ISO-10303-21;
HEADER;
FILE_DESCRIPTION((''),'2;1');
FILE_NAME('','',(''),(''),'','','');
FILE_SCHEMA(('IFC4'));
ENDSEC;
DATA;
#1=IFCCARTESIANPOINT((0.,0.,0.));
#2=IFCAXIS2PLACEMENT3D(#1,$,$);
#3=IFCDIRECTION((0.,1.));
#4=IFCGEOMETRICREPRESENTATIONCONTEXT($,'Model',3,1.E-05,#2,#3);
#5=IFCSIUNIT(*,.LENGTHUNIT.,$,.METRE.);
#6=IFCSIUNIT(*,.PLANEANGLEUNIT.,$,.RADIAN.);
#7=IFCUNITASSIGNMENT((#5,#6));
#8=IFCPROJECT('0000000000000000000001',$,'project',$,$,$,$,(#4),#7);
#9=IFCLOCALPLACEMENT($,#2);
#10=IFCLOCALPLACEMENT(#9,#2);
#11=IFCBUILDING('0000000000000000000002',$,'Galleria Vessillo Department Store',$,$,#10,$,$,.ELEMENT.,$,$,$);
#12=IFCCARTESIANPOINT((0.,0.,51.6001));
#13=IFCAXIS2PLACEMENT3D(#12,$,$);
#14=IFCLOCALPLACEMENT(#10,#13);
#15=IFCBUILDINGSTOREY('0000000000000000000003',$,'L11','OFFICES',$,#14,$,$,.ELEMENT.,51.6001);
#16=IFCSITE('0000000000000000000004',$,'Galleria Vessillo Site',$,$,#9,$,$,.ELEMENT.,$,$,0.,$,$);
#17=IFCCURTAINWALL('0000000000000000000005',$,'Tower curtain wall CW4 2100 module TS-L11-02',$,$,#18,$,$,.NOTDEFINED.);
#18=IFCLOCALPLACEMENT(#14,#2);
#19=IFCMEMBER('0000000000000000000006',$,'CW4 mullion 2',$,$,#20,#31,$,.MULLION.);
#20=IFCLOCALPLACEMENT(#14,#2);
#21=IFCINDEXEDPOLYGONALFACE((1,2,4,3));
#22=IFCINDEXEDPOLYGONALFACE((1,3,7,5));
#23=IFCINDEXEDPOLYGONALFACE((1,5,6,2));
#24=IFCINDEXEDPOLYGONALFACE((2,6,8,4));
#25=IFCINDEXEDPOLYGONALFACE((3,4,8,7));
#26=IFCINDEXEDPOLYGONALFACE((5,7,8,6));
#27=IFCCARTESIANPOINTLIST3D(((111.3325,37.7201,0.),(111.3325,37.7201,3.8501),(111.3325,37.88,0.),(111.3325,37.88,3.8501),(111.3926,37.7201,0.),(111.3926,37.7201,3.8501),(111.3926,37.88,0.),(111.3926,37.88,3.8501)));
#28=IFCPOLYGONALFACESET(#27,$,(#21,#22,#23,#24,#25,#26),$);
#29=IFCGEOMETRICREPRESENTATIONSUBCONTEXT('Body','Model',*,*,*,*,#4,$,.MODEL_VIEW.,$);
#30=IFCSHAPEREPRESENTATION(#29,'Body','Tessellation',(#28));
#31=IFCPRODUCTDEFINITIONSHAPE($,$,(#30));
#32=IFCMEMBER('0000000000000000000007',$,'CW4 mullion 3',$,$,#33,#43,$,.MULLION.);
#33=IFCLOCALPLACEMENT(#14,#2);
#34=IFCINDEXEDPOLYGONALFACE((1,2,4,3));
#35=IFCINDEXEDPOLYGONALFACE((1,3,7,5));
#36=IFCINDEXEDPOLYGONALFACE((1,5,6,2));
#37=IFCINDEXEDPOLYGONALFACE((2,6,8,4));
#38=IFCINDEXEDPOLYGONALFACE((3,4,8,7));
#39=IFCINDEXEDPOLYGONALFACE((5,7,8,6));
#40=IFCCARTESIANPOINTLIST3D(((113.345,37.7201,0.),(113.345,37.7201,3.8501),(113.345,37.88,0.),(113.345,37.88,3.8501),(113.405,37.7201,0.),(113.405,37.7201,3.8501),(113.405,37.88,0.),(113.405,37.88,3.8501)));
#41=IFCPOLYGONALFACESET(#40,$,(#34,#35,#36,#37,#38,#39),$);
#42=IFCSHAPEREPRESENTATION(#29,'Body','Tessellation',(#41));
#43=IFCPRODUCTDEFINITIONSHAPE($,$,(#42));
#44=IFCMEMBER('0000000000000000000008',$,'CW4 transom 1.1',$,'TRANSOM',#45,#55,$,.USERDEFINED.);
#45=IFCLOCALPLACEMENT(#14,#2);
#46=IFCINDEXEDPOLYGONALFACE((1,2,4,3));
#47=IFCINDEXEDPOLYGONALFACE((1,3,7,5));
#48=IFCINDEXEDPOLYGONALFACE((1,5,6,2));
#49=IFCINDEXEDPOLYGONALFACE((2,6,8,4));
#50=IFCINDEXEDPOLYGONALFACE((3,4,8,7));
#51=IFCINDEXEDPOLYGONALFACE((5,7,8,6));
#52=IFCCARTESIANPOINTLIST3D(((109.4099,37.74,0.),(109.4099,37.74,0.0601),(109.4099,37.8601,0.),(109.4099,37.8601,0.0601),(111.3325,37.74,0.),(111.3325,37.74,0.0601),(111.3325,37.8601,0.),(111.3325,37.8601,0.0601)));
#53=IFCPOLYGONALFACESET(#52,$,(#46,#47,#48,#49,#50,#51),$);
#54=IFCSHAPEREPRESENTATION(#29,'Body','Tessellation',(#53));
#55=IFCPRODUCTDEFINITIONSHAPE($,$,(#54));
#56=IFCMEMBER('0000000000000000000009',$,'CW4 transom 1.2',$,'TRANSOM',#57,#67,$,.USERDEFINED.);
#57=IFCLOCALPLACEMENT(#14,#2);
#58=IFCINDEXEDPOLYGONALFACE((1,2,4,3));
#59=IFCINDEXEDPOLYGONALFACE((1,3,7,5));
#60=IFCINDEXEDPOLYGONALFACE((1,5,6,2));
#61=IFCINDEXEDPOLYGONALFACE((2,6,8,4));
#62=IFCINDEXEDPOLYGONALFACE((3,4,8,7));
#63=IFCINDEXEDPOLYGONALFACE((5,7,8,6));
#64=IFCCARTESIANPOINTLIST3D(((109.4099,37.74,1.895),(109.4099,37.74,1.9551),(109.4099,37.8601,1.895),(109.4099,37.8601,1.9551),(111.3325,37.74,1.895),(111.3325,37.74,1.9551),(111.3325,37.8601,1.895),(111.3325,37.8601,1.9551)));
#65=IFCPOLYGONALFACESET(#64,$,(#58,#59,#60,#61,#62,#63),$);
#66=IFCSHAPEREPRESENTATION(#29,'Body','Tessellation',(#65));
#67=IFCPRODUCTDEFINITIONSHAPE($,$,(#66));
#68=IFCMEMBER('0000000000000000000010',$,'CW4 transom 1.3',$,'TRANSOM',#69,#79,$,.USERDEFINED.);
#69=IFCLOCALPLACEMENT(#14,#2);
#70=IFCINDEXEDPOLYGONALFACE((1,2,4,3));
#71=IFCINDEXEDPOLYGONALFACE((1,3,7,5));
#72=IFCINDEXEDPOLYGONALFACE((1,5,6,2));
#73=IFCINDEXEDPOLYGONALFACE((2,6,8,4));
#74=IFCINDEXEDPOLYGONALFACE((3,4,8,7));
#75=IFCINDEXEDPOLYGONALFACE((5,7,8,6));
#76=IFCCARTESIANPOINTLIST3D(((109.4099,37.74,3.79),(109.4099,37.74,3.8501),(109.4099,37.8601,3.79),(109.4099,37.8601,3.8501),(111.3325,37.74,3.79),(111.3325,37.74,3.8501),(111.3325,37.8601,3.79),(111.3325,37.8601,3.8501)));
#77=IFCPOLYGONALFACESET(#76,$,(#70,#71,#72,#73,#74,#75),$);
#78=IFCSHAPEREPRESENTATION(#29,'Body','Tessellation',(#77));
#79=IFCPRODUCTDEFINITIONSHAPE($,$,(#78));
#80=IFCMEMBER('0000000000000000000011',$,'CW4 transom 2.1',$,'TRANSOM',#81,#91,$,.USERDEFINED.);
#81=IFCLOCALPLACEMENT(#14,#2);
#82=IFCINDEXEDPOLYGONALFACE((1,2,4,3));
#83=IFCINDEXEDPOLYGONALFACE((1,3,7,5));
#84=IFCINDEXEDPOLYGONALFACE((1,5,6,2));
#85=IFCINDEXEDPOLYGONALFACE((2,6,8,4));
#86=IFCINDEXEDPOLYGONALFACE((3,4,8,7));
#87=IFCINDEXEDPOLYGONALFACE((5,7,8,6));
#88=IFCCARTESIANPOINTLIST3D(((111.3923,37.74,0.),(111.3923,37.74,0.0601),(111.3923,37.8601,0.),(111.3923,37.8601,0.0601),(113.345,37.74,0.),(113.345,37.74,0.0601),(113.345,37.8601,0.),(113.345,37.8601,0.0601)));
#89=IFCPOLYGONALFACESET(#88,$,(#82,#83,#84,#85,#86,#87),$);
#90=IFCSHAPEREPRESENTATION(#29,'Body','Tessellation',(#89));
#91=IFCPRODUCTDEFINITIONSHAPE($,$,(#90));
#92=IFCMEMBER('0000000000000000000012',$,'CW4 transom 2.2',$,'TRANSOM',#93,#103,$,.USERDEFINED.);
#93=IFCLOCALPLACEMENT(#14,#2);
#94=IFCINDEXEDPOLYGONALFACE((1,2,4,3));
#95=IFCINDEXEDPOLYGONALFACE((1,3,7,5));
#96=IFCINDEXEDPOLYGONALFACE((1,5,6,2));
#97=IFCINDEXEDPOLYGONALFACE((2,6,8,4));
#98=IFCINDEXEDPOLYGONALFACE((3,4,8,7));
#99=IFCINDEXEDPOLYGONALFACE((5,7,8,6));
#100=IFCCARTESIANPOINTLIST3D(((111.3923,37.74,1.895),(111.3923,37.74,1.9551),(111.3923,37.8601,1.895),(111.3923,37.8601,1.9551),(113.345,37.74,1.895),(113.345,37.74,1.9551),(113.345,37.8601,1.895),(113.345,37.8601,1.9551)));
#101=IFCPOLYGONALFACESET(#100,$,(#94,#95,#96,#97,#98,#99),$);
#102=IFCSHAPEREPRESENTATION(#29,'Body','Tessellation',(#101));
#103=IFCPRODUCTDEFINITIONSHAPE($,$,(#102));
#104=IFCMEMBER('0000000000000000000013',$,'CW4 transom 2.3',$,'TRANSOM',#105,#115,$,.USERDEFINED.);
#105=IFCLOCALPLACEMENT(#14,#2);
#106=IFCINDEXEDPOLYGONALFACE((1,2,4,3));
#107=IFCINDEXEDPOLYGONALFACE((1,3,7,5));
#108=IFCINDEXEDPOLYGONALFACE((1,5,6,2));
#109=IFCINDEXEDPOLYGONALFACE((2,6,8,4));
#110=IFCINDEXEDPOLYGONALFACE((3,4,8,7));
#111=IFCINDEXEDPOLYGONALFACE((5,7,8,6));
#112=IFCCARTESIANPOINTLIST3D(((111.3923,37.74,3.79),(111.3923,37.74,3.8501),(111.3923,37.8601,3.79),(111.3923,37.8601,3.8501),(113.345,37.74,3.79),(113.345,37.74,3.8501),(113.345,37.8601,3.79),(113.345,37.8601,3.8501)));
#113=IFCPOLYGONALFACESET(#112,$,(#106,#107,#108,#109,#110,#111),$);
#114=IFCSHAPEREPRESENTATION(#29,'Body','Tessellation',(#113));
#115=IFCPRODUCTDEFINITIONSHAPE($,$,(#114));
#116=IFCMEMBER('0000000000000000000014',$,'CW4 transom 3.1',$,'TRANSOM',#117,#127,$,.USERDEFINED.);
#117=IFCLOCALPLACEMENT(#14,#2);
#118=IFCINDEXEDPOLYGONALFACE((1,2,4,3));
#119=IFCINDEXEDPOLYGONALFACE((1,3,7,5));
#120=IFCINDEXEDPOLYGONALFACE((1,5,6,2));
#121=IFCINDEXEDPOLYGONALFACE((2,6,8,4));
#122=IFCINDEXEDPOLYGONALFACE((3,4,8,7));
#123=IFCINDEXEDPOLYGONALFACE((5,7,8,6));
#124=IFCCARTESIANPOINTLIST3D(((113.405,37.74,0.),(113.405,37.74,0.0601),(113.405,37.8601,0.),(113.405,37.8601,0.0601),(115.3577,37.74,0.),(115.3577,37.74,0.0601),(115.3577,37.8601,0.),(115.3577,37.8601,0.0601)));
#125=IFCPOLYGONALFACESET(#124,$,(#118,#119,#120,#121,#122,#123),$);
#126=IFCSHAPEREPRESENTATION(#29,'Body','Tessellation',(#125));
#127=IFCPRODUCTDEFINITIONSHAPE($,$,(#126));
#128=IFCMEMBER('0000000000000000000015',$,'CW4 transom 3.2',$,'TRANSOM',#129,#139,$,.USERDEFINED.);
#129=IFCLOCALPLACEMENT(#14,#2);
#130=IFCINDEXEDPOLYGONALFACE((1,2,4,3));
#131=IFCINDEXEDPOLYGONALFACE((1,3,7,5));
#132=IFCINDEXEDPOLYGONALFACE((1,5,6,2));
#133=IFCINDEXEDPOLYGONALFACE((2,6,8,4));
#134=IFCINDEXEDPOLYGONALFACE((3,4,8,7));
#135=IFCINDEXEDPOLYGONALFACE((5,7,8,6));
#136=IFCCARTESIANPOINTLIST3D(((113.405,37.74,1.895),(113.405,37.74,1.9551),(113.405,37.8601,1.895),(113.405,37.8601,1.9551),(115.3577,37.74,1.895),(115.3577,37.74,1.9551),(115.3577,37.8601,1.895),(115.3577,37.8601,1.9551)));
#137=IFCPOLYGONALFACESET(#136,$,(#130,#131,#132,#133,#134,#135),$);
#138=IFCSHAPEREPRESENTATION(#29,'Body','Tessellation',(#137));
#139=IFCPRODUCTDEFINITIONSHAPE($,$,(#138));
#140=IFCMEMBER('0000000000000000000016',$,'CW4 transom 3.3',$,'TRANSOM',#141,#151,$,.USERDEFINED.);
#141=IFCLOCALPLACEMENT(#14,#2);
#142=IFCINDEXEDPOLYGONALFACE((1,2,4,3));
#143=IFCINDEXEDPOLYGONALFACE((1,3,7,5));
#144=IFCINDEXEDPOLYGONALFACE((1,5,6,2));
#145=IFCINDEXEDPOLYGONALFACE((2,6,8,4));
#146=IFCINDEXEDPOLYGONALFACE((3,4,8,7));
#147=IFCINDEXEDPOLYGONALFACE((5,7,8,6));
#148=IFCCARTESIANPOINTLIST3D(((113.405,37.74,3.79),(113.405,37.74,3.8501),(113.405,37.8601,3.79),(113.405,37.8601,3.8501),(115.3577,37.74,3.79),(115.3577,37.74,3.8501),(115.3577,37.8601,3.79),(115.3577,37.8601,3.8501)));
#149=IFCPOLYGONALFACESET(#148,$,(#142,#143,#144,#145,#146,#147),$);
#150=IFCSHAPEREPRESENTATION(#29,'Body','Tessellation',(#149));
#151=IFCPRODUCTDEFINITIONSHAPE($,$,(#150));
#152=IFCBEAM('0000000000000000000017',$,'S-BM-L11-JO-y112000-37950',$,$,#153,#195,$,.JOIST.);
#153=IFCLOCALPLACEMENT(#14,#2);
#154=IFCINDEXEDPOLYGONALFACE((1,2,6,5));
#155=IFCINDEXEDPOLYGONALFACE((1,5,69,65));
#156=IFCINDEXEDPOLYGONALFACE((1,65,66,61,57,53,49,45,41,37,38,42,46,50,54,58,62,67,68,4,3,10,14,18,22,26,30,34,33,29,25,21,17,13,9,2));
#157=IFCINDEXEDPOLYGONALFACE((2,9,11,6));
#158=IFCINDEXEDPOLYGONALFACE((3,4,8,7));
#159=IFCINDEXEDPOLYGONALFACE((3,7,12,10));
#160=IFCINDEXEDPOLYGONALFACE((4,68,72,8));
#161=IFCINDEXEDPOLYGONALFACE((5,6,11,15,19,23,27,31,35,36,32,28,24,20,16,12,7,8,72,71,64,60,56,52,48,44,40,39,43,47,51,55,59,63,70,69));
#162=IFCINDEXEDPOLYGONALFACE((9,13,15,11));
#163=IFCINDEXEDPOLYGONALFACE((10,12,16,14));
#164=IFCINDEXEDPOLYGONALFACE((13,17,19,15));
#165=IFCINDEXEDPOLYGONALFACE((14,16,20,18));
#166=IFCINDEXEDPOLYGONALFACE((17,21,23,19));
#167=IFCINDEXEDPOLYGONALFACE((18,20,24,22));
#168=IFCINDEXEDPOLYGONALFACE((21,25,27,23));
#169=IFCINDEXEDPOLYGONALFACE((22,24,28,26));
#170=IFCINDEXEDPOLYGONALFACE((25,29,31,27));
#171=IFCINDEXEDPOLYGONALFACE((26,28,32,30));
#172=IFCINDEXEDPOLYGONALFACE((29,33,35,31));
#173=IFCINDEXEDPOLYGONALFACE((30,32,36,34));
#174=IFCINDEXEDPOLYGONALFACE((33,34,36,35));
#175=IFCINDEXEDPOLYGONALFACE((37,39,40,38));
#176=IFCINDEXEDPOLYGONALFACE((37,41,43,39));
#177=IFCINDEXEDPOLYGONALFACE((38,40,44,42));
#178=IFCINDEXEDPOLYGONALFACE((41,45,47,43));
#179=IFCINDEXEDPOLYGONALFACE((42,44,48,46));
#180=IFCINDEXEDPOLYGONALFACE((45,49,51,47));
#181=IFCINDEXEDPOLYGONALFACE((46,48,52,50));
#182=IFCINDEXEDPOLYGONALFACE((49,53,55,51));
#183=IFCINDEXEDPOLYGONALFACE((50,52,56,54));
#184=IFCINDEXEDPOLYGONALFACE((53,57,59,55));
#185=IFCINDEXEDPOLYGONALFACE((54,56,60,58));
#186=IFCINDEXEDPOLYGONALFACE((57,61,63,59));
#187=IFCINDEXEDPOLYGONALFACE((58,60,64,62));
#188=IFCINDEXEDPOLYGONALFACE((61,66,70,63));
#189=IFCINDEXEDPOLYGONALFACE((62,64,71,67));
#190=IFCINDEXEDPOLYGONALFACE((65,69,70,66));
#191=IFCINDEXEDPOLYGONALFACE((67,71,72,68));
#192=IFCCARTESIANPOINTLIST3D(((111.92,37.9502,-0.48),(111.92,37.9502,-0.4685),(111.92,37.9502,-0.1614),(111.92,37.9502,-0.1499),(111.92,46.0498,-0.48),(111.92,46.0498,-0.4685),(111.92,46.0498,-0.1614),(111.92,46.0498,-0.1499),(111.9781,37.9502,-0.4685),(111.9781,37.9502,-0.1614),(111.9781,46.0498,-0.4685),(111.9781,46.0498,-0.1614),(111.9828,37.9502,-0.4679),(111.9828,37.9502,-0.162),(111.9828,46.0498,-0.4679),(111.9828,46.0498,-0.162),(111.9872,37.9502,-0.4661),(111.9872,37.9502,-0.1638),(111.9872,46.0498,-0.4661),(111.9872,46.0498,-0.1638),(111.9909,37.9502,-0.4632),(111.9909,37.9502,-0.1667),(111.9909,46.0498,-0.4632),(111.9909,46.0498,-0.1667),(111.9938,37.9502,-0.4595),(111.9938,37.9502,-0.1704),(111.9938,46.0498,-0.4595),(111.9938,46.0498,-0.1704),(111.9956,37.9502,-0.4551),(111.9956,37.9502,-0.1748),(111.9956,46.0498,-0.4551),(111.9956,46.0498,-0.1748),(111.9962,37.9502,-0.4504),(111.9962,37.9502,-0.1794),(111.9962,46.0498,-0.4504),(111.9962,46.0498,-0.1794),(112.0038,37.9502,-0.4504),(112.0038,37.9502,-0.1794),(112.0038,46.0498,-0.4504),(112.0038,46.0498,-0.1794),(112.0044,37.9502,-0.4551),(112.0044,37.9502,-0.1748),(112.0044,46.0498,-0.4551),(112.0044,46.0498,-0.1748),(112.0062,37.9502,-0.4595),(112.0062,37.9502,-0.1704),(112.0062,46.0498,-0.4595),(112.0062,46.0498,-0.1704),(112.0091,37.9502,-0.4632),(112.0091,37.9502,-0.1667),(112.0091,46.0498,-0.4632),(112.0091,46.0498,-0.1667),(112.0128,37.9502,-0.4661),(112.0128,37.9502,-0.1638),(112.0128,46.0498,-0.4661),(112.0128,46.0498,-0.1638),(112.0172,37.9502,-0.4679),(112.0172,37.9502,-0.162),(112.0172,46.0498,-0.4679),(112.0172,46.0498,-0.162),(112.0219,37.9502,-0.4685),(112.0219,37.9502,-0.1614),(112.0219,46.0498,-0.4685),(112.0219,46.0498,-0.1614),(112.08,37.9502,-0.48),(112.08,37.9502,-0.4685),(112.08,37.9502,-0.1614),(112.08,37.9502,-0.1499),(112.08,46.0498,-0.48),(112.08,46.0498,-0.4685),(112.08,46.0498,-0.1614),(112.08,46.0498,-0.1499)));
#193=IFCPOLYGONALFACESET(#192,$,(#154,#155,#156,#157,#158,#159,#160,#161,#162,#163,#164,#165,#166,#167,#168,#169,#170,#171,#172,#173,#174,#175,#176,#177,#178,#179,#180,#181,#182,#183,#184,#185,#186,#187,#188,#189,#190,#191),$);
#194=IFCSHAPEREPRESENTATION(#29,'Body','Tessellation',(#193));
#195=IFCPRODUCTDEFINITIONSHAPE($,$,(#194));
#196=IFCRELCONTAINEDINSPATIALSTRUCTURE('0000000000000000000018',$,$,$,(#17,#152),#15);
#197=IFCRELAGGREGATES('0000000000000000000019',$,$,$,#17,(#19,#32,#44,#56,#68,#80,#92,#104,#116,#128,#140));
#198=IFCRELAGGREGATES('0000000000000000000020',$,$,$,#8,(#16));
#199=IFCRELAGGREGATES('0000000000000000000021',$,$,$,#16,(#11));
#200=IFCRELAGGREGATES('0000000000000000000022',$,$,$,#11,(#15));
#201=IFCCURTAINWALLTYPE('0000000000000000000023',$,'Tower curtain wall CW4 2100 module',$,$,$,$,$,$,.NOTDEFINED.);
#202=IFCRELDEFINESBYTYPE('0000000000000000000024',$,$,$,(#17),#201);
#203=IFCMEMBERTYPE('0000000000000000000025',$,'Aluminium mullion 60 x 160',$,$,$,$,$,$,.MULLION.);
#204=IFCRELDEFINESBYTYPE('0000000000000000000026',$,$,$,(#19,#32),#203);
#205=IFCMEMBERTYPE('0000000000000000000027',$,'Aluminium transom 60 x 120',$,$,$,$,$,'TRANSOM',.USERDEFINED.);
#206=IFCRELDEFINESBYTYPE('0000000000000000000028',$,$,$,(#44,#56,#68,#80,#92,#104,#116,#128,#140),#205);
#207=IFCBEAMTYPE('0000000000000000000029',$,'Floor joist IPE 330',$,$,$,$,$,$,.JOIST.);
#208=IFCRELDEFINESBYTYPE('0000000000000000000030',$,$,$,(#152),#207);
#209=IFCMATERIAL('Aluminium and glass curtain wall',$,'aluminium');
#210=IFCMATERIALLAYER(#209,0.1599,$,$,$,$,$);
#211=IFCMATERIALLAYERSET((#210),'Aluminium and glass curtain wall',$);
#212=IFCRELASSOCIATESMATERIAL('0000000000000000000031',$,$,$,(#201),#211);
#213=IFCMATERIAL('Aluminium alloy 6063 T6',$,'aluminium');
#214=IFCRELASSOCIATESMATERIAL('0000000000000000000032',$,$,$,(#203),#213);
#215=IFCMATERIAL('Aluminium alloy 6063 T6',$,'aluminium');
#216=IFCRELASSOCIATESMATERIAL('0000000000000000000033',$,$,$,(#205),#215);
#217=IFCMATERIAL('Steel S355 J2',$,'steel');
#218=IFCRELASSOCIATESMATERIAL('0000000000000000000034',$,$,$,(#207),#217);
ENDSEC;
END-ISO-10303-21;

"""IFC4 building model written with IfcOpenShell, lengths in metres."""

from ifc_helpers import new_model, si_unit, direction, frame, origin, origin_2d, place, context, subcontext, project, spatial, rectangle, i_section, extrude, material, layer, layer_set, material_profile, profile_set, type_object, element, aggregate, save


model = new_model("IFC4")

# Units and contexts
model_context = context("Model", 3, precision=1e-05, world=origin(), true_north=direction((0.0, 1.0)))
body_context = subcontext(model_context, "Body", "Model", "MODEL_VIEW")
ifc_project = project(units=[si_unit("LENGTHUNIT", "METRE"), si_unit("PLANEANGLEUNIT", "RADIAN")], contexts=[model_context])

# Site, building, storey
site_placement = place(None, origin())
site = spatial("IfcSite", under=ifc_project, at=site_placement, Name="Galleria Vessillo Site", CompositionType="ELEMENT", RefElevation=0.0)
building_placement = place(site_placement, origin())
building = spatial("IfcBuilding", under=site, at=building_placement, Name="Galleria Vessillo Department Store", CompositionType="ELEMENT")
storey_placement = place(building_placement, frame((0.0, 0.0, 51.6001)))
storey = spatial("IfcBuildingStorey", under=building, at=storey_placement, Name="L11", Description="OFFICES", CompositionType="ELEMENT", Elevation=51.6001)

# Curtain wall, members
ifc_material_1 = material(Name="Aluminium and glass curtain wall", Category="aluminium")
ifc_layer_1 = layer(ifc_material_1, 0.1599)
ifc_layer_set_1 = layer_set([ifc_layer_1], Name="Aluminium and glass curtain wall")
curtain_wall_type = type_object("IfcCurtainWallType", Name="Tower curtain wall CW4 2100 module", PredefinedType="NOTDEFINED", material=ifc_layer_set_1)
curtain_wall_placement = place(storey_placement, origin())
curtain_wall = element("IfcCurtainWall", 1, at=curtain_wall_placement, inside=storey, type_object=curtain_wall_type, Name="Tower curtain wall CW4 2100 module TS-L11-02", PredefinedType="NOTDEFINED")
ifc_material_2 = material(Name="Aluminium alloy 6063 T6", Category="aluminium")
ifc_material_profile_1 = material_profile(ifc_material_2, rectangle(XDim=0.1599, YDim=0.0601, at=origin_2d()), Name="AL 60x160")
ifc_profile_set_1 = profile_set([ifc_material_profile_1], Name="Aluminium alloy 6063 T6")
member_type_1 = type_object("IfcMemberType", Name="Aluminium mullion 60 x 160", PredefinedType="MULLION", material=ifc_profile_set_1)
member_1_placement = place(storey_placement, frame((111.3625, 37.8, 0.0), z_axis=(0.0, 0.0, 1.0), x_axis=(0.0, 1.0, 0.0)))
member_1 = element("IfcMember", 2, at=member_1_placement, type_object=member_type_1, Name="CW4 mullion 2", PredefinedType="MULLION", context=body_context, shape_type="SweptSolid", body=[
    extrude(rectangle(XDim=0.1599, YDim=0.0601, at=origin_2d()), origin(), (0.0, 0.0, 1.0), 3.8501),
])
member_2_placement = place(storey_placement, frame((113.375, 37.8, 0.0), z_axis=(0.0, 0.0, 1.0), x_axis=(0.0, 1.0, 0.0)))
member_2 = element("IfcMember", 3, at=member_2_placement, type_object=member_type_1, Name="CW4 mullion 3", PredefinedType="MULLION", context=body_context, shape_type="SweptSolid", body=[
    extrude(rectangle(XDim=0.1599, YDim=0.0601, at=origin_2d()), origin(), (0.0, 0.0, 1.0), 3.8501),
])
ifc_material_3 = material(Name="Aluminium alloy 6063 T6", Category="aluminium")
ifc_material_profile_2 = material_profile(ifc_material_3, rectangle(XDim=0.1201, YDim=0.0601, at=origin_2d()), Name="AL 60x120")
ifc_profile_set_2 = profile_set([ifc_material_profile_2], Name="Aluminium alloy 6063 T6")
member_type_2 = type_object("IfcMemberType", Name="Aluminium transom 60 x 120", ElementType="TRANSOM", PredefinedType="USERDEFINED", material=ifc_profile_set_2)
member_3_placement = place(storey_placement, frame((109.4099, 37.8, 0.03), z_axis=(1.0, 0.0, 0.0), x_axis=(0.0, 1.0, 0.0)))
member_3 = element("IfcMember", 4, at=member_3_placement, type_object=member_type_2, Name="CW4 transom 1.1", ObjectType="TRANSOM", PredefinedType="USERDEFINED", context=body_context, shape_type="SweptSolid", body=[
    extrude(rectangle(XDim=0.1201, YDim=0.0601, at=origin_2d()), origin(), (0.0, 0.0, 1.0), 1.9226),
])
member_4_placement = place(storey_placement, frame((109.4099, 37.8, 1.925), z_axis=(1.0, 0.0, 0.0), x_axis=(0.0, 1.0, 0.0)))
member_4 = element("IfcMember", 5, at=member_4_placement, type_object=member_type_2, Name="CW4 transom 1.2", ObjectType="TRANSOM", PredefinedType="USERDEFINED", context=body_context, shape_type="SweptSolid", body=[
    extrude(rectangle(XDim=0.1201, YDim=0.0601, at=origin_2d()), origin(), (0.0, 0.0, 1.0), 1.9226),
])
member_5_placement = place(storey_placement, frame((109.4099, 37.8, 3.8201), z_axis=(1.0, 0.0, 0.0), x_axis=(0.0, 1.0, 0.0)))
member_5 = element("IfcMember", 6, at=member_5_placement, type_object=member_type_2, Name="CW4 transom 1.3", ObjectType="TRANSOM", PredefinedType="USERDEFINED", context=body_context, shape_type="SweptSolid", body=[
    extrude(rectangle(XDim=0.1201, YDim=0.0601, at=origin_2d()), origin(), (0.0, 0.0, 1.0), 1.9226),
])
member_6_placement = place(storey_placement, frame((111.3923, 37.8, 0.03), z_axis=(1.0, 0.0, 0.0), x_axis=(0.0, 1.0, 0.0)))
member_6 = element("IfcMember", 7, at=member_6_placement, type_object=member_type_2, Name="CW4 transom 2.1", ObjectType="TRANSOM", PredefinedType="USERDEFINED", context=body_context, shape_type="SweptSolid", body=[
    extrude(rectangle(XDim=0.1201, YDim=0.0601, at=origin_2d()), origin(), (0.0, 0.0, 1.0), 1.9526),
])
member_7_placement = place(storey_placement, frame((111.3923, 37.8, 1.925), z_axis=(1.0, 0.0, 0.0), x_axis=(0.0, 1.0, 0.0)))
member_7 = element("IfcMember", 8, at=member_7_placement, type_object=member_type_2, Name="CW4 transom 2.2", ObjectType="TRANSOM", PredefinedType="USERDEFINED", context=body_context, shape_type="SweptSolid", body=[
    extrude(rectangle(XDim=0.1201, YDim=0.0601, at=origin_2d()), origin(), (0.0, 0.0, 1.0), 1.9526),
])
member_8_placement = place(storey_placement, frame((111.3923, 37.8, 3.8201), z_axis=(1.0, 0.0, 0.0), x_axis=(0.0, 1.0, 0.0)))
member_8 = element("IfcMember", 9, at=member_8_placement, type_object=member_type_2, Name="CW4 transom 2.3", ObjectType="TRANSOM", PredefinedType="USERDEFINED", context=body_context, shape_type="SweptSolid", body=[
    extrude(rectangle(XDim=0.1201, YDim=0.0601, at=origin_2d()), origin(), (0.0, 0.0, 1.0), 1.9526),
])
member_9_placement = place(storey_placement, frame((113.405, 37.8, 0.03), z_axis=(1.0, 0.0, 0.0), x_axis=(0.0, 1.0, 0.0)))
member_9 = element("IfcMember", 10, at=member_9_placement, type_object=member_type_2, Name="CW4 transom 3.1", ObjectType="TRANSOM", PredefinedType="USERDEFINED", context=body_context, shape_type="SweptSolid", body=[
    extrude(rectangle(XDim=0.1201, YDim=0.0601, at=origin_2d()), origin(), (0.0, 0.0, 1.0), 1.9526),
])
member_10_placement = place(storey_placement, frame((113.405, 37.8, 1.925), z_axis=(1.0, 0.0, 0.0), x_axis=(0.0, 1.0, 0.0)))
member_10 = element("IfcMember", 11, at=member_10_placement, type_object=member_type_2, Name="CW4 transom 3.2", ObjectType="TRANSOM", PredefinedType="USERDEFINED", context=body_context, shape_type="SweptSolid", body=[
    extrude(rectangle(XDim=0.1201, YDim=0.0601, at=origin_2d()), origin(), (0.0, 0.0, 1.0), 1.9526),
])
member_11_placement = place(storey_placement, frame((113.405, 37.8, 3.8201), z_axis=(1.0, 0.0, 0.0), x_axis=(0.0, 1.0, 0.0)))
member_11 = element("IfcMember", 12, at=member_11_placement, type_object=member_type_2, Name="CW4 transom 3.3", ObjectType="TRANSOM", PredefinedType="USERDEFINED", context=body_context, shape_type="SweptSolid", body=[
    extrude(rectangle(XDim=0.1201, YDim=0.0601, at=origin_2d()), origin(), (0.0, 0.0, 1.0), 1.9526),
])

# Beam
ifc_material_4 = material(Name="Steel S355 J2", Category="steel")
ifc_material_profile_3 = material_profile(ifc_material_4, i_section(OverallWidth=0.1599, OverallDepth=0.3301, WebThickness=0.0076, FlangeThickness=0.0115, FilletRadius=0.0181, at=origin_2d()), Name="IPE 330")
ifc_profile_set_3 = profile_set([ifc_material_profile_3], Name="Steel S355 J2")
beam_type = type_object("IfcBeamType", Name="Floor joist IPE 330", PredefinedType="JOIST", material=ifc_profile_set_3)
beam_placement = place(storey_placement, frame((112.0, 37.9502, -0.3149), z_axis=(0.0, 1.0, 0.0), x_axis=(-1.0, 0.0, 0.0)))
element("IfcBeam", 13, at=beam_placement, inside=storey, type_object=beam_type, Name="S-BM-L11-JO-y112000-37950", PredefinedType="JOIST", context=body_context, shape_type="SweptSolid", body=[
    extrude(i_section(OverallWidth=0.1599, OverallDepth=0.3301, WebThickness=0.0076, FlangeThickness=0.0115, FilletRadius=0.0181, at=origin_2d()), origin(), (0.0, 0.0, 1.0), 8.0996),
])

aggregate(curtain_wall, [member_1, member_2, member_3, member_4, member_5, member_6, member_7, member_8, member_9, member_10, member_11])

save(model, "model.ifc")
